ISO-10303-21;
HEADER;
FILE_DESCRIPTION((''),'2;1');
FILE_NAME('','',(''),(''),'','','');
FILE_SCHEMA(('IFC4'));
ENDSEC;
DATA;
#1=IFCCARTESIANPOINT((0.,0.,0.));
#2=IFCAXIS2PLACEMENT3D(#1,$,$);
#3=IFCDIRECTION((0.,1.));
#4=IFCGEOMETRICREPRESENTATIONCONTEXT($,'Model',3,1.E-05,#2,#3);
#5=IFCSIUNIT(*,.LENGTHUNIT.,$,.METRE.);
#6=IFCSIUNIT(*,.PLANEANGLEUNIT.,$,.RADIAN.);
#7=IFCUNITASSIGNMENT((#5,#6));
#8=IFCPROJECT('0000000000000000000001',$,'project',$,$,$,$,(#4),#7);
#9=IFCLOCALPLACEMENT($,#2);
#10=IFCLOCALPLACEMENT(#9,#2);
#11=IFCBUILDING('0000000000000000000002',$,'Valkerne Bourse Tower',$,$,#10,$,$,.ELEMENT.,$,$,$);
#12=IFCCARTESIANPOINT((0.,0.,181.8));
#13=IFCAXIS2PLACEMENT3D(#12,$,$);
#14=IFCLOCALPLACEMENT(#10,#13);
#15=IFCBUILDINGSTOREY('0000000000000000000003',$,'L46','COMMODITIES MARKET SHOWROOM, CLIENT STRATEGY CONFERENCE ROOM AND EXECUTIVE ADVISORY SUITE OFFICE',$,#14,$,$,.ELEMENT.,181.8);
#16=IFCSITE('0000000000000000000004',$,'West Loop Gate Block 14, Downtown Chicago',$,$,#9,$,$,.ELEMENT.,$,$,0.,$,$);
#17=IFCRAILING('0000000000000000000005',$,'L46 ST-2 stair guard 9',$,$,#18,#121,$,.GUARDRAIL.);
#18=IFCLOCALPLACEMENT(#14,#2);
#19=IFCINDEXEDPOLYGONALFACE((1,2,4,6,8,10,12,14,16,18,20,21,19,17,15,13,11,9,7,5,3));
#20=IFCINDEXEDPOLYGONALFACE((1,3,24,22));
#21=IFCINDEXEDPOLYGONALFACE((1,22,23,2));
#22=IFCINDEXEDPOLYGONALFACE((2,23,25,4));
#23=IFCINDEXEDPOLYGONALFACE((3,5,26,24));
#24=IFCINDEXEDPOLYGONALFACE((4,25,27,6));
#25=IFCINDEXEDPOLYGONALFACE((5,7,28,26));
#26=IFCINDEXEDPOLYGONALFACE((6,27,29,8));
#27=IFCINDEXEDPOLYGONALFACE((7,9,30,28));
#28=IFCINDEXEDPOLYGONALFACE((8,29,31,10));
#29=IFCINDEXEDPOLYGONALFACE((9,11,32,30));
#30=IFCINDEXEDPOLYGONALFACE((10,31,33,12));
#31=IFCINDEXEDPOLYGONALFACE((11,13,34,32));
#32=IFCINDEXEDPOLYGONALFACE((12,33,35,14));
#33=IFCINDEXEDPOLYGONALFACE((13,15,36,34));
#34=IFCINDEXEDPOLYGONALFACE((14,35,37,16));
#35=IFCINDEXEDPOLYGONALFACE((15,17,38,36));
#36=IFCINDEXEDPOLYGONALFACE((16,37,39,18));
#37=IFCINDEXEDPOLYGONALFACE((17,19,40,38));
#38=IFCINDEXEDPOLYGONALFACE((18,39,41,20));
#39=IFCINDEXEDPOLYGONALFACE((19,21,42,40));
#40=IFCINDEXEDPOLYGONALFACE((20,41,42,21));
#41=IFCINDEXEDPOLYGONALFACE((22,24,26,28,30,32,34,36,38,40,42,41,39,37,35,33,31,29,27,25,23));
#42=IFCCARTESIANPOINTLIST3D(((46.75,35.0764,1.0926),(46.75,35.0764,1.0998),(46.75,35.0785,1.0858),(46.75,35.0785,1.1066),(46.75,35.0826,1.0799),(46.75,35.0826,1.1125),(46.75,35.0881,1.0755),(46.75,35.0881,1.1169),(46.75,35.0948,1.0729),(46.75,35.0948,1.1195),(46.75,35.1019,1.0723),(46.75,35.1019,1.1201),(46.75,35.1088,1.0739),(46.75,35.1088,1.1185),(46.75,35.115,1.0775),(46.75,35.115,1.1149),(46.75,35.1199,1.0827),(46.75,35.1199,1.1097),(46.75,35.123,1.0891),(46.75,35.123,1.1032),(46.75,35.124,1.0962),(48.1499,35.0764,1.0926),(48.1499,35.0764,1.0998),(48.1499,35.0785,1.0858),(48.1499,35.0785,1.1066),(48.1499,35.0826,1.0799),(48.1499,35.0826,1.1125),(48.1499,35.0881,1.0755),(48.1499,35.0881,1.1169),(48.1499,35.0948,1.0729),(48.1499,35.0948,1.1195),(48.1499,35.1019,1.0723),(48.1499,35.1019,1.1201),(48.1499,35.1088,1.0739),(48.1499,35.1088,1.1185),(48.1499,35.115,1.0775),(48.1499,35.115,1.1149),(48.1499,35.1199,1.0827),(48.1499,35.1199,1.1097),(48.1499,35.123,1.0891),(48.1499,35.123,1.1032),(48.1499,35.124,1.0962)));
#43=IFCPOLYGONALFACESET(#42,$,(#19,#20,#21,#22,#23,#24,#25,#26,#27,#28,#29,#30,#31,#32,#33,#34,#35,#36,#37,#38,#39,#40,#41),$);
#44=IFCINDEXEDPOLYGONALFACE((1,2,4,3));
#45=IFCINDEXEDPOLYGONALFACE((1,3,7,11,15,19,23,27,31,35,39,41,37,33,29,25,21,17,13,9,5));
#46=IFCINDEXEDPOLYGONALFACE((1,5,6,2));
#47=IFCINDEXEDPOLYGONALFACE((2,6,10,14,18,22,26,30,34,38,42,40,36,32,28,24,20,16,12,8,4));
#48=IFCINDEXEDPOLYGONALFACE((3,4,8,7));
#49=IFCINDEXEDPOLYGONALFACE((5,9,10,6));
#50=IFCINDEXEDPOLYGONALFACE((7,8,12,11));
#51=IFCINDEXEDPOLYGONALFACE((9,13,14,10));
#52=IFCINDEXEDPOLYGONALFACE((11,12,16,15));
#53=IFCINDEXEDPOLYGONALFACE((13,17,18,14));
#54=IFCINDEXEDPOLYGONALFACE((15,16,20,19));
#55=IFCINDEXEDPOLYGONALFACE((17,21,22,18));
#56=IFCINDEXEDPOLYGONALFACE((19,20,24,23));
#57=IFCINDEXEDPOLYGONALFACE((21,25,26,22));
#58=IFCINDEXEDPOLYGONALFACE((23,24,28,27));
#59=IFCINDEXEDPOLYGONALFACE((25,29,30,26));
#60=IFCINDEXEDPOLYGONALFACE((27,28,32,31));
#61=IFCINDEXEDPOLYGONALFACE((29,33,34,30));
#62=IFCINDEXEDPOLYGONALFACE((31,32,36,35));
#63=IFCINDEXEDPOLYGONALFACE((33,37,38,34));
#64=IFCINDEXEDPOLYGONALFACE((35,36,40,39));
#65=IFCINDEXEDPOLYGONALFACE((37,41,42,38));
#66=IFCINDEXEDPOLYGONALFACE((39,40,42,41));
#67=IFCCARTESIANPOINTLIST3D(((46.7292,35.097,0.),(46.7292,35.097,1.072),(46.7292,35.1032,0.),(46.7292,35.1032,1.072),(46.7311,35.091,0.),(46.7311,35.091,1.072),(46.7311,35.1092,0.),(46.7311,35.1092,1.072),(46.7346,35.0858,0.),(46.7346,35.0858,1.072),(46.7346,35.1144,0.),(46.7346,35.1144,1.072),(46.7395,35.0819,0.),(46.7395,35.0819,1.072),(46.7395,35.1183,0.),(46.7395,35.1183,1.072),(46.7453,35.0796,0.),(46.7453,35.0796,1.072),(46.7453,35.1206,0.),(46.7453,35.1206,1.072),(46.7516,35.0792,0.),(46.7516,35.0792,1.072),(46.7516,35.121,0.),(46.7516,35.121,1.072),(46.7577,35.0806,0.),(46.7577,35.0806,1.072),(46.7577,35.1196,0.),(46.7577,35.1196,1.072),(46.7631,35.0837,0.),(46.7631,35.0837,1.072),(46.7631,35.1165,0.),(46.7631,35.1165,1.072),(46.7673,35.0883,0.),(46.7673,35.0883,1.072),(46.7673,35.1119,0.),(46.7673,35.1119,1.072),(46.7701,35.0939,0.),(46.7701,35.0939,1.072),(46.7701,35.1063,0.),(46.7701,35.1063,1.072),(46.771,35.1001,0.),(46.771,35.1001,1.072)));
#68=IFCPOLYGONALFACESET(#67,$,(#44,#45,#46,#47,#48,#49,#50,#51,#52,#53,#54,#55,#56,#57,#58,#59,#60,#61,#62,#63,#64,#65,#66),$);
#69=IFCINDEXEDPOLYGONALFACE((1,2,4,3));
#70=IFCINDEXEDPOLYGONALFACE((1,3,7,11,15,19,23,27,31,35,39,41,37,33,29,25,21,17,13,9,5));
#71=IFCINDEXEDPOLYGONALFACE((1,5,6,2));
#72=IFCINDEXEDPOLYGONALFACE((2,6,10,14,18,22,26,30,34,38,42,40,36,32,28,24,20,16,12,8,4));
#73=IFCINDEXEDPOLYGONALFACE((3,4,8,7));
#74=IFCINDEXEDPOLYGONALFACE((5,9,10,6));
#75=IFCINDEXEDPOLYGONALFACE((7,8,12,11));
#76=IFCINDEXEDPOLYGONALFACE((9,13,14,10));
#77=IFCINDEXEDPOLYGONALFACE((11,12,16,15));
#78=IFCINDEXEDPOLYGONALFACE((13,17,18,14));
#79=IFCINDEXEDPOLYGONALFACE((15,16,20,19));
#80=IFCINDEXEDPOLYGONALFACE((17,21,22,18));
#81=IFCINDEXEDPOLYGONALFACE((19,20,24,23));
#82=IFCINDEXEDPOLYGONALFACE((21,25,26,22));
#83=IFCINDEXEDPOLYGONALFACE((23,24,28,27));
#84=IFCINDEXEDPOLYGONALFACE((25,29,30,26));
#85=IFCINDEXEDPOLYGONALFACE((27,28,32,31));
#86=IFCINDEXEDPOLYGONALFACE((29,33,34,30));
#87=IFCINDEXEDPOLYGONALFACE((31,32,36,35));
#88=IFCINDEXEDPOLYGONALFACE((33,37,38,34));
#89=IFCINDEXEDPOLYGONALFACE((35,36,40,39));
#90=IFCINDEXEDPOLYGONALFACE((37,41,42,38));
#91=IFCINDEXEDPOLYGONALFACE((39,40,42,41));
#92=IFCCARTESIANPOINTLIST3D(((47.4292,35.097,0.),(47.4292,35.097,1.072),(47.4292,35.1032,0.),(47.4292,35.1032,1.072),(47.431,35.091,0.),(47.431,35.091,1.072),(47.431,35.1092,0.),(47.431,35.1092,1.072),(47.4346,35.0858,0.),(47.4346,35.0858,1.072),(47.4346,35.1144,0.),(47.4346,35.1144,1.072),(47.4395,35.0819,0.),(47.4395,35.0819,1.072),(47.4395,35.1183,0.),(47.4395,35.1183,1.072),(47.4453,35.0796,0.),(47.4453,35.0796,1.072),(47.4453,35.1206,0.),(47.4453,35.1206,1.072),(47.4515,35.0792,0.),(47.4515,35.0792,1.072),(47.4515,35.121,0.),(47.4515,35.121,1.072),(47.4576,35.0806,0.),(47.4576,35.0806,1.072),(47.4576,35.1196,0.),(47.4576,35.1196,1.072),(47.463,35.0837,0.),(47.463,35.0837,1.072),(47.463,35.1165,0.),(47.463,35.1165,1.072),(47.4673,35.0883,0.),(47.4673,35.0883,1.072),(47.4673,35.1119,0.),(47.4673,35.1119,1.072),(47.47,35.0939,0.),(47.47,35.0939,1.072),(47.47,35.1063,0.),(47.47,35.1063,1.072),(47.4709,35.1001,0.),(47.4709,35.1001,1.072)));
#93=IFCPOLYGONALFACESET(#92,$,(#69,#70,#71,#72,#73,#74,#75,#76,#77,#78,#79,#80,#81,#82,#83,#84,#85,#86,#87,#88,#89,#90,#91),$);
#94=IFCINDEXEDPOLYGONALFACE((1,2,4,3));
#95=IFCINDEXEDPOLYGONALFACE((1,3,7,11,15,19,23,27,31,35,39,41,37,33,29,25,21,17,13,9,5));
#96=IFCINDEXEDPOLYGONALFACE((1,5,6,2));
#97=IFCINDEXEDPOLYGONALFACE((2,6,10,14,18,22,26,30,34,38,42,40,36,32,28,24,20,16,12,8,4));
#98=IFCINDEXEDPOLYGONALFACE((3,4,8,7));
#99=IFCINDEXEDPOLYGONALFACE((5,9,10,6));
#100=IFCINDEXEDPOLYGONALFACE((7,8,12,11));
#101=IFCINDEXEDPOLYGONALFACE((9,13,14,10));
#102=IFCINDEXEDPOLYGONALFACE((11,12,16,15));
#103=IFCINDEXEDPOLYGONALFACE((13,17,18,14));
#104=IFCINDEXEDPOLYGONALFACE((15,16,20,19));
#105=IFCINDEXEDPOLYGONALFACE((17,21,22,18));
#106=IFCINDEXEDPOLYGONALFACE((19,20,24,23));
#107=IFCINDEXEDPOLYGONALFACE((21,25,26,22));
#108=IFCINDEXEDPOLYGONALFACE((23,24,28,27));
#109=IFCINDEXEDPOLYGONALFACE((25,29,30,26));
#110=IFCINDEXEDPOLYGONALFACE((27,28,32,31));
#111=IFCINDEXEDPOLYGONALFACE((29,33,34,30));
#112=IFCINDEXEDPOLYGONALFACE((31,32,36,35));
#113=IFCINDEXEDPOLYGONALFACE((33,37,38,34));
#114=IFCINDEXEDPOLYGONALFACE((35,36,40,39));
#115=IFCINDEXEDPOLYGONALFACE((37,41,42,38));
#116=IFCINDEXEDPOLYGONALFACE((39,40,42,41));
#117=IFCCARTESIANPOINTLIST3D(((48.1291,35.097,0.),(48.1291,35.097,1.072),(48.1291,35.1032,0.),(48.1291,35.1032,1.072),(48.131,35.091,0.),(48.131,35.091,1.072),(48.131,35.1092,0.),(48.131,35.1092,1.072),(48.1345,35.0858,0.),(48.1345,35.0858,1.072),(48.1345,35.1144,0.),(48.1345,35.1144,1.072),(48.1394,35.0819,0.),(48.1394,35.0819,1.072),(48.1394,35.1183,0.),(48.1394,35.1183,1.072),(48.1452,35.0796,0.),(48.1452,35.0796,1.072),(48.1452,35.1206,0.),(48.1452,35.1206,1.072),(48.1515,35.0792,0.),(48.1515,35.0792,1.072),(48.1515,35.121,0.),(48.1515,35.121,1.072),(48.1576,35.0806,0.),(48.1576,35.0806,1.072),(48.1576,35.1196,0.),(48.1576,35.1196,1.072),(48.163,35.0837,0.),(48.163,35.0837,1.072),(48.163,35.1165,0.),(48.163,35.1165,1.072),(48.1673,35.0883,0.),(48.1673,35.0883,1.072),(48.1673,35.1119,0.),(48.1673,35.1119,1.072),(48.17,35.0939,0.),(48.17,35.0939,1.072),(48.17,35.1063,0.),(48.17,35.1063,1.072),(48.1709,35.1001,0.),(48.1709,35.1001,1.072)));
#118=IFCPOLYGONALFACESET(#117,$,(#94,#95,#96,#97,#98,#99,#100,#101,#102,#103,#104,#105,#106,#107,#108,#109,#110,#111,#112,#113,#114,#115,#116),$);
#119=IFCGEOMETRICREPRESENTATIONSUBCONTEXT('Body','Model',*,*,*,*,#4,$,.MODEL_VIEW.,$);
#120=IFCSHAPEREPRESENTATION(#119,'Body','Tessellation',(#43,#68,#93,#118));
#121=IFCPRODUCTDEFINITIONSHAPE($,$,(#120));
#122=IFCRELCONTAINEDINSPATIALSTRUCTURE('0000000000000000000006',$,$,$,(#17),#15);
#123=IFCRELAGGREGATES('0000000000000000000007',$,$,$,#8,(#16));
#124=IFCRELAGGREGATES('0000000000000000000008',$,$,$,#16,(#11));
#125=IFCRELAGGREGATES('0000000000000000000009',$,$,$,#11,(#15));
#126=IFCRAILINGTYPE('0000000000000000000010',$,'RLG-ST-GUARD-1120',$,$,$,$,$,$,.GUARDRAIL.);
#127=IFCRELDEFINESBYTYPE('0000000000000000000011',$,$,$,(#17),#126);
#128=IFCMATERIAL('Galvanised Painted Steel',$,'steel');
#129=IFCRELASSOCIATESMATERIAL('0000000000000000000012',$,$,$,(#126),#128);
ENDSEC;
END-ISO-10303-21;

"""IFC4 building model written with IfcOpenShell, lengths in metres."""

from ifc_helpers import new_model, si_unit, direction, frame, origin, origin_2d, place, context, subcontext, project, spatial, circle, extrude, material, type_object, element, save


model = new_model("IFC4")

# Units and contexts
model_context = context("Model", 3, precision=1e-05, world=origin(), true_north=direction((0.0, 1.0)))
body_context = subcontext(model_context, "Body", "Model", "MODEL_VIEW")
ifc_project = project(units=[si_unit("LENGTHUNIT", "METRE"), si_unit("PLANEANGLEUNIT", "RADIAN")], contexts=[model_context])

# Site, building, storey
site_placement = place(None, origin())
site = spatial("IfcSite", under=ifc_project, at=site_placement, Name="West Loop Gate Block 14, Downtown Chicago", CompositionType="ELEMENT", RefElevation=0.0)
building_placement = place(site_placement, origin())
building = spatial("IfcBuilding", under=site, at=building_placement, Name="Valkerne Bourse Tower", CompositionType="ELEMENT")
storey_placement = place(building_placement, frame((0.0, 0.0, 181.8)))
storey = spatial("IfcBuildingStorey", under=building, at=storey_placement, Name="L46", Description="COMMODITIES MARKET SHOWROOM, CLIENT STRATEGY CONFERENCE ROOM AND EXECUTIVE ADVISORY SUITE OFFICE", CompositionType="ELEMENT", Elevation=181.8)

# Shared definitions
ifc_material_1 = material(Name="Galvanised Painted Steel", Category="steel")

# Railing
railing_type_1 = type_object("IfcRailingType", Name="RLG-ST-GUARD-1120", PredefinedType="GUARDRAIL", material=ifc_material_1)
for number, where, name in (
    (1, (46.75, 35.1001, 0.0), "L46 ST-2 stair guard 9"),
):
    element("IfcRailing", number, at=place(storey_placement, frame(where)), inside=storey, type_object=railing_type_1, Name=name, PredefinedType="GUARDRAIL", context=body_context, shape_type="SweptSolid", body=[
        extrude(circle(Radius=0.0239, at=origin_2d()), frame((0.0, 0.0, 1.0962), z_axis=(1.0, 0.0, 0.0), x_axis=(0.0, 1.0, 0.0)), (0.0, 0.0, 1.0), 1.3999),
        extrude(circle(Radius=0.021, at=origin_2d()), origin(), (0.0, 0.0, 1.0), 1.072),
        extrude(circle(Radius=0.021, at=origin_2d()), frame((0.7, 0.0, 0.0)), (0.0, 0.0, 1.0), 1.072),
        extrude(circle(Radius=0.021, at=origin_2d()), frame((1.3999, 0.0, 0.0)), (0.0, 0.0, 1.0), 1.072),
    ])

save(model, "model.ifc")
